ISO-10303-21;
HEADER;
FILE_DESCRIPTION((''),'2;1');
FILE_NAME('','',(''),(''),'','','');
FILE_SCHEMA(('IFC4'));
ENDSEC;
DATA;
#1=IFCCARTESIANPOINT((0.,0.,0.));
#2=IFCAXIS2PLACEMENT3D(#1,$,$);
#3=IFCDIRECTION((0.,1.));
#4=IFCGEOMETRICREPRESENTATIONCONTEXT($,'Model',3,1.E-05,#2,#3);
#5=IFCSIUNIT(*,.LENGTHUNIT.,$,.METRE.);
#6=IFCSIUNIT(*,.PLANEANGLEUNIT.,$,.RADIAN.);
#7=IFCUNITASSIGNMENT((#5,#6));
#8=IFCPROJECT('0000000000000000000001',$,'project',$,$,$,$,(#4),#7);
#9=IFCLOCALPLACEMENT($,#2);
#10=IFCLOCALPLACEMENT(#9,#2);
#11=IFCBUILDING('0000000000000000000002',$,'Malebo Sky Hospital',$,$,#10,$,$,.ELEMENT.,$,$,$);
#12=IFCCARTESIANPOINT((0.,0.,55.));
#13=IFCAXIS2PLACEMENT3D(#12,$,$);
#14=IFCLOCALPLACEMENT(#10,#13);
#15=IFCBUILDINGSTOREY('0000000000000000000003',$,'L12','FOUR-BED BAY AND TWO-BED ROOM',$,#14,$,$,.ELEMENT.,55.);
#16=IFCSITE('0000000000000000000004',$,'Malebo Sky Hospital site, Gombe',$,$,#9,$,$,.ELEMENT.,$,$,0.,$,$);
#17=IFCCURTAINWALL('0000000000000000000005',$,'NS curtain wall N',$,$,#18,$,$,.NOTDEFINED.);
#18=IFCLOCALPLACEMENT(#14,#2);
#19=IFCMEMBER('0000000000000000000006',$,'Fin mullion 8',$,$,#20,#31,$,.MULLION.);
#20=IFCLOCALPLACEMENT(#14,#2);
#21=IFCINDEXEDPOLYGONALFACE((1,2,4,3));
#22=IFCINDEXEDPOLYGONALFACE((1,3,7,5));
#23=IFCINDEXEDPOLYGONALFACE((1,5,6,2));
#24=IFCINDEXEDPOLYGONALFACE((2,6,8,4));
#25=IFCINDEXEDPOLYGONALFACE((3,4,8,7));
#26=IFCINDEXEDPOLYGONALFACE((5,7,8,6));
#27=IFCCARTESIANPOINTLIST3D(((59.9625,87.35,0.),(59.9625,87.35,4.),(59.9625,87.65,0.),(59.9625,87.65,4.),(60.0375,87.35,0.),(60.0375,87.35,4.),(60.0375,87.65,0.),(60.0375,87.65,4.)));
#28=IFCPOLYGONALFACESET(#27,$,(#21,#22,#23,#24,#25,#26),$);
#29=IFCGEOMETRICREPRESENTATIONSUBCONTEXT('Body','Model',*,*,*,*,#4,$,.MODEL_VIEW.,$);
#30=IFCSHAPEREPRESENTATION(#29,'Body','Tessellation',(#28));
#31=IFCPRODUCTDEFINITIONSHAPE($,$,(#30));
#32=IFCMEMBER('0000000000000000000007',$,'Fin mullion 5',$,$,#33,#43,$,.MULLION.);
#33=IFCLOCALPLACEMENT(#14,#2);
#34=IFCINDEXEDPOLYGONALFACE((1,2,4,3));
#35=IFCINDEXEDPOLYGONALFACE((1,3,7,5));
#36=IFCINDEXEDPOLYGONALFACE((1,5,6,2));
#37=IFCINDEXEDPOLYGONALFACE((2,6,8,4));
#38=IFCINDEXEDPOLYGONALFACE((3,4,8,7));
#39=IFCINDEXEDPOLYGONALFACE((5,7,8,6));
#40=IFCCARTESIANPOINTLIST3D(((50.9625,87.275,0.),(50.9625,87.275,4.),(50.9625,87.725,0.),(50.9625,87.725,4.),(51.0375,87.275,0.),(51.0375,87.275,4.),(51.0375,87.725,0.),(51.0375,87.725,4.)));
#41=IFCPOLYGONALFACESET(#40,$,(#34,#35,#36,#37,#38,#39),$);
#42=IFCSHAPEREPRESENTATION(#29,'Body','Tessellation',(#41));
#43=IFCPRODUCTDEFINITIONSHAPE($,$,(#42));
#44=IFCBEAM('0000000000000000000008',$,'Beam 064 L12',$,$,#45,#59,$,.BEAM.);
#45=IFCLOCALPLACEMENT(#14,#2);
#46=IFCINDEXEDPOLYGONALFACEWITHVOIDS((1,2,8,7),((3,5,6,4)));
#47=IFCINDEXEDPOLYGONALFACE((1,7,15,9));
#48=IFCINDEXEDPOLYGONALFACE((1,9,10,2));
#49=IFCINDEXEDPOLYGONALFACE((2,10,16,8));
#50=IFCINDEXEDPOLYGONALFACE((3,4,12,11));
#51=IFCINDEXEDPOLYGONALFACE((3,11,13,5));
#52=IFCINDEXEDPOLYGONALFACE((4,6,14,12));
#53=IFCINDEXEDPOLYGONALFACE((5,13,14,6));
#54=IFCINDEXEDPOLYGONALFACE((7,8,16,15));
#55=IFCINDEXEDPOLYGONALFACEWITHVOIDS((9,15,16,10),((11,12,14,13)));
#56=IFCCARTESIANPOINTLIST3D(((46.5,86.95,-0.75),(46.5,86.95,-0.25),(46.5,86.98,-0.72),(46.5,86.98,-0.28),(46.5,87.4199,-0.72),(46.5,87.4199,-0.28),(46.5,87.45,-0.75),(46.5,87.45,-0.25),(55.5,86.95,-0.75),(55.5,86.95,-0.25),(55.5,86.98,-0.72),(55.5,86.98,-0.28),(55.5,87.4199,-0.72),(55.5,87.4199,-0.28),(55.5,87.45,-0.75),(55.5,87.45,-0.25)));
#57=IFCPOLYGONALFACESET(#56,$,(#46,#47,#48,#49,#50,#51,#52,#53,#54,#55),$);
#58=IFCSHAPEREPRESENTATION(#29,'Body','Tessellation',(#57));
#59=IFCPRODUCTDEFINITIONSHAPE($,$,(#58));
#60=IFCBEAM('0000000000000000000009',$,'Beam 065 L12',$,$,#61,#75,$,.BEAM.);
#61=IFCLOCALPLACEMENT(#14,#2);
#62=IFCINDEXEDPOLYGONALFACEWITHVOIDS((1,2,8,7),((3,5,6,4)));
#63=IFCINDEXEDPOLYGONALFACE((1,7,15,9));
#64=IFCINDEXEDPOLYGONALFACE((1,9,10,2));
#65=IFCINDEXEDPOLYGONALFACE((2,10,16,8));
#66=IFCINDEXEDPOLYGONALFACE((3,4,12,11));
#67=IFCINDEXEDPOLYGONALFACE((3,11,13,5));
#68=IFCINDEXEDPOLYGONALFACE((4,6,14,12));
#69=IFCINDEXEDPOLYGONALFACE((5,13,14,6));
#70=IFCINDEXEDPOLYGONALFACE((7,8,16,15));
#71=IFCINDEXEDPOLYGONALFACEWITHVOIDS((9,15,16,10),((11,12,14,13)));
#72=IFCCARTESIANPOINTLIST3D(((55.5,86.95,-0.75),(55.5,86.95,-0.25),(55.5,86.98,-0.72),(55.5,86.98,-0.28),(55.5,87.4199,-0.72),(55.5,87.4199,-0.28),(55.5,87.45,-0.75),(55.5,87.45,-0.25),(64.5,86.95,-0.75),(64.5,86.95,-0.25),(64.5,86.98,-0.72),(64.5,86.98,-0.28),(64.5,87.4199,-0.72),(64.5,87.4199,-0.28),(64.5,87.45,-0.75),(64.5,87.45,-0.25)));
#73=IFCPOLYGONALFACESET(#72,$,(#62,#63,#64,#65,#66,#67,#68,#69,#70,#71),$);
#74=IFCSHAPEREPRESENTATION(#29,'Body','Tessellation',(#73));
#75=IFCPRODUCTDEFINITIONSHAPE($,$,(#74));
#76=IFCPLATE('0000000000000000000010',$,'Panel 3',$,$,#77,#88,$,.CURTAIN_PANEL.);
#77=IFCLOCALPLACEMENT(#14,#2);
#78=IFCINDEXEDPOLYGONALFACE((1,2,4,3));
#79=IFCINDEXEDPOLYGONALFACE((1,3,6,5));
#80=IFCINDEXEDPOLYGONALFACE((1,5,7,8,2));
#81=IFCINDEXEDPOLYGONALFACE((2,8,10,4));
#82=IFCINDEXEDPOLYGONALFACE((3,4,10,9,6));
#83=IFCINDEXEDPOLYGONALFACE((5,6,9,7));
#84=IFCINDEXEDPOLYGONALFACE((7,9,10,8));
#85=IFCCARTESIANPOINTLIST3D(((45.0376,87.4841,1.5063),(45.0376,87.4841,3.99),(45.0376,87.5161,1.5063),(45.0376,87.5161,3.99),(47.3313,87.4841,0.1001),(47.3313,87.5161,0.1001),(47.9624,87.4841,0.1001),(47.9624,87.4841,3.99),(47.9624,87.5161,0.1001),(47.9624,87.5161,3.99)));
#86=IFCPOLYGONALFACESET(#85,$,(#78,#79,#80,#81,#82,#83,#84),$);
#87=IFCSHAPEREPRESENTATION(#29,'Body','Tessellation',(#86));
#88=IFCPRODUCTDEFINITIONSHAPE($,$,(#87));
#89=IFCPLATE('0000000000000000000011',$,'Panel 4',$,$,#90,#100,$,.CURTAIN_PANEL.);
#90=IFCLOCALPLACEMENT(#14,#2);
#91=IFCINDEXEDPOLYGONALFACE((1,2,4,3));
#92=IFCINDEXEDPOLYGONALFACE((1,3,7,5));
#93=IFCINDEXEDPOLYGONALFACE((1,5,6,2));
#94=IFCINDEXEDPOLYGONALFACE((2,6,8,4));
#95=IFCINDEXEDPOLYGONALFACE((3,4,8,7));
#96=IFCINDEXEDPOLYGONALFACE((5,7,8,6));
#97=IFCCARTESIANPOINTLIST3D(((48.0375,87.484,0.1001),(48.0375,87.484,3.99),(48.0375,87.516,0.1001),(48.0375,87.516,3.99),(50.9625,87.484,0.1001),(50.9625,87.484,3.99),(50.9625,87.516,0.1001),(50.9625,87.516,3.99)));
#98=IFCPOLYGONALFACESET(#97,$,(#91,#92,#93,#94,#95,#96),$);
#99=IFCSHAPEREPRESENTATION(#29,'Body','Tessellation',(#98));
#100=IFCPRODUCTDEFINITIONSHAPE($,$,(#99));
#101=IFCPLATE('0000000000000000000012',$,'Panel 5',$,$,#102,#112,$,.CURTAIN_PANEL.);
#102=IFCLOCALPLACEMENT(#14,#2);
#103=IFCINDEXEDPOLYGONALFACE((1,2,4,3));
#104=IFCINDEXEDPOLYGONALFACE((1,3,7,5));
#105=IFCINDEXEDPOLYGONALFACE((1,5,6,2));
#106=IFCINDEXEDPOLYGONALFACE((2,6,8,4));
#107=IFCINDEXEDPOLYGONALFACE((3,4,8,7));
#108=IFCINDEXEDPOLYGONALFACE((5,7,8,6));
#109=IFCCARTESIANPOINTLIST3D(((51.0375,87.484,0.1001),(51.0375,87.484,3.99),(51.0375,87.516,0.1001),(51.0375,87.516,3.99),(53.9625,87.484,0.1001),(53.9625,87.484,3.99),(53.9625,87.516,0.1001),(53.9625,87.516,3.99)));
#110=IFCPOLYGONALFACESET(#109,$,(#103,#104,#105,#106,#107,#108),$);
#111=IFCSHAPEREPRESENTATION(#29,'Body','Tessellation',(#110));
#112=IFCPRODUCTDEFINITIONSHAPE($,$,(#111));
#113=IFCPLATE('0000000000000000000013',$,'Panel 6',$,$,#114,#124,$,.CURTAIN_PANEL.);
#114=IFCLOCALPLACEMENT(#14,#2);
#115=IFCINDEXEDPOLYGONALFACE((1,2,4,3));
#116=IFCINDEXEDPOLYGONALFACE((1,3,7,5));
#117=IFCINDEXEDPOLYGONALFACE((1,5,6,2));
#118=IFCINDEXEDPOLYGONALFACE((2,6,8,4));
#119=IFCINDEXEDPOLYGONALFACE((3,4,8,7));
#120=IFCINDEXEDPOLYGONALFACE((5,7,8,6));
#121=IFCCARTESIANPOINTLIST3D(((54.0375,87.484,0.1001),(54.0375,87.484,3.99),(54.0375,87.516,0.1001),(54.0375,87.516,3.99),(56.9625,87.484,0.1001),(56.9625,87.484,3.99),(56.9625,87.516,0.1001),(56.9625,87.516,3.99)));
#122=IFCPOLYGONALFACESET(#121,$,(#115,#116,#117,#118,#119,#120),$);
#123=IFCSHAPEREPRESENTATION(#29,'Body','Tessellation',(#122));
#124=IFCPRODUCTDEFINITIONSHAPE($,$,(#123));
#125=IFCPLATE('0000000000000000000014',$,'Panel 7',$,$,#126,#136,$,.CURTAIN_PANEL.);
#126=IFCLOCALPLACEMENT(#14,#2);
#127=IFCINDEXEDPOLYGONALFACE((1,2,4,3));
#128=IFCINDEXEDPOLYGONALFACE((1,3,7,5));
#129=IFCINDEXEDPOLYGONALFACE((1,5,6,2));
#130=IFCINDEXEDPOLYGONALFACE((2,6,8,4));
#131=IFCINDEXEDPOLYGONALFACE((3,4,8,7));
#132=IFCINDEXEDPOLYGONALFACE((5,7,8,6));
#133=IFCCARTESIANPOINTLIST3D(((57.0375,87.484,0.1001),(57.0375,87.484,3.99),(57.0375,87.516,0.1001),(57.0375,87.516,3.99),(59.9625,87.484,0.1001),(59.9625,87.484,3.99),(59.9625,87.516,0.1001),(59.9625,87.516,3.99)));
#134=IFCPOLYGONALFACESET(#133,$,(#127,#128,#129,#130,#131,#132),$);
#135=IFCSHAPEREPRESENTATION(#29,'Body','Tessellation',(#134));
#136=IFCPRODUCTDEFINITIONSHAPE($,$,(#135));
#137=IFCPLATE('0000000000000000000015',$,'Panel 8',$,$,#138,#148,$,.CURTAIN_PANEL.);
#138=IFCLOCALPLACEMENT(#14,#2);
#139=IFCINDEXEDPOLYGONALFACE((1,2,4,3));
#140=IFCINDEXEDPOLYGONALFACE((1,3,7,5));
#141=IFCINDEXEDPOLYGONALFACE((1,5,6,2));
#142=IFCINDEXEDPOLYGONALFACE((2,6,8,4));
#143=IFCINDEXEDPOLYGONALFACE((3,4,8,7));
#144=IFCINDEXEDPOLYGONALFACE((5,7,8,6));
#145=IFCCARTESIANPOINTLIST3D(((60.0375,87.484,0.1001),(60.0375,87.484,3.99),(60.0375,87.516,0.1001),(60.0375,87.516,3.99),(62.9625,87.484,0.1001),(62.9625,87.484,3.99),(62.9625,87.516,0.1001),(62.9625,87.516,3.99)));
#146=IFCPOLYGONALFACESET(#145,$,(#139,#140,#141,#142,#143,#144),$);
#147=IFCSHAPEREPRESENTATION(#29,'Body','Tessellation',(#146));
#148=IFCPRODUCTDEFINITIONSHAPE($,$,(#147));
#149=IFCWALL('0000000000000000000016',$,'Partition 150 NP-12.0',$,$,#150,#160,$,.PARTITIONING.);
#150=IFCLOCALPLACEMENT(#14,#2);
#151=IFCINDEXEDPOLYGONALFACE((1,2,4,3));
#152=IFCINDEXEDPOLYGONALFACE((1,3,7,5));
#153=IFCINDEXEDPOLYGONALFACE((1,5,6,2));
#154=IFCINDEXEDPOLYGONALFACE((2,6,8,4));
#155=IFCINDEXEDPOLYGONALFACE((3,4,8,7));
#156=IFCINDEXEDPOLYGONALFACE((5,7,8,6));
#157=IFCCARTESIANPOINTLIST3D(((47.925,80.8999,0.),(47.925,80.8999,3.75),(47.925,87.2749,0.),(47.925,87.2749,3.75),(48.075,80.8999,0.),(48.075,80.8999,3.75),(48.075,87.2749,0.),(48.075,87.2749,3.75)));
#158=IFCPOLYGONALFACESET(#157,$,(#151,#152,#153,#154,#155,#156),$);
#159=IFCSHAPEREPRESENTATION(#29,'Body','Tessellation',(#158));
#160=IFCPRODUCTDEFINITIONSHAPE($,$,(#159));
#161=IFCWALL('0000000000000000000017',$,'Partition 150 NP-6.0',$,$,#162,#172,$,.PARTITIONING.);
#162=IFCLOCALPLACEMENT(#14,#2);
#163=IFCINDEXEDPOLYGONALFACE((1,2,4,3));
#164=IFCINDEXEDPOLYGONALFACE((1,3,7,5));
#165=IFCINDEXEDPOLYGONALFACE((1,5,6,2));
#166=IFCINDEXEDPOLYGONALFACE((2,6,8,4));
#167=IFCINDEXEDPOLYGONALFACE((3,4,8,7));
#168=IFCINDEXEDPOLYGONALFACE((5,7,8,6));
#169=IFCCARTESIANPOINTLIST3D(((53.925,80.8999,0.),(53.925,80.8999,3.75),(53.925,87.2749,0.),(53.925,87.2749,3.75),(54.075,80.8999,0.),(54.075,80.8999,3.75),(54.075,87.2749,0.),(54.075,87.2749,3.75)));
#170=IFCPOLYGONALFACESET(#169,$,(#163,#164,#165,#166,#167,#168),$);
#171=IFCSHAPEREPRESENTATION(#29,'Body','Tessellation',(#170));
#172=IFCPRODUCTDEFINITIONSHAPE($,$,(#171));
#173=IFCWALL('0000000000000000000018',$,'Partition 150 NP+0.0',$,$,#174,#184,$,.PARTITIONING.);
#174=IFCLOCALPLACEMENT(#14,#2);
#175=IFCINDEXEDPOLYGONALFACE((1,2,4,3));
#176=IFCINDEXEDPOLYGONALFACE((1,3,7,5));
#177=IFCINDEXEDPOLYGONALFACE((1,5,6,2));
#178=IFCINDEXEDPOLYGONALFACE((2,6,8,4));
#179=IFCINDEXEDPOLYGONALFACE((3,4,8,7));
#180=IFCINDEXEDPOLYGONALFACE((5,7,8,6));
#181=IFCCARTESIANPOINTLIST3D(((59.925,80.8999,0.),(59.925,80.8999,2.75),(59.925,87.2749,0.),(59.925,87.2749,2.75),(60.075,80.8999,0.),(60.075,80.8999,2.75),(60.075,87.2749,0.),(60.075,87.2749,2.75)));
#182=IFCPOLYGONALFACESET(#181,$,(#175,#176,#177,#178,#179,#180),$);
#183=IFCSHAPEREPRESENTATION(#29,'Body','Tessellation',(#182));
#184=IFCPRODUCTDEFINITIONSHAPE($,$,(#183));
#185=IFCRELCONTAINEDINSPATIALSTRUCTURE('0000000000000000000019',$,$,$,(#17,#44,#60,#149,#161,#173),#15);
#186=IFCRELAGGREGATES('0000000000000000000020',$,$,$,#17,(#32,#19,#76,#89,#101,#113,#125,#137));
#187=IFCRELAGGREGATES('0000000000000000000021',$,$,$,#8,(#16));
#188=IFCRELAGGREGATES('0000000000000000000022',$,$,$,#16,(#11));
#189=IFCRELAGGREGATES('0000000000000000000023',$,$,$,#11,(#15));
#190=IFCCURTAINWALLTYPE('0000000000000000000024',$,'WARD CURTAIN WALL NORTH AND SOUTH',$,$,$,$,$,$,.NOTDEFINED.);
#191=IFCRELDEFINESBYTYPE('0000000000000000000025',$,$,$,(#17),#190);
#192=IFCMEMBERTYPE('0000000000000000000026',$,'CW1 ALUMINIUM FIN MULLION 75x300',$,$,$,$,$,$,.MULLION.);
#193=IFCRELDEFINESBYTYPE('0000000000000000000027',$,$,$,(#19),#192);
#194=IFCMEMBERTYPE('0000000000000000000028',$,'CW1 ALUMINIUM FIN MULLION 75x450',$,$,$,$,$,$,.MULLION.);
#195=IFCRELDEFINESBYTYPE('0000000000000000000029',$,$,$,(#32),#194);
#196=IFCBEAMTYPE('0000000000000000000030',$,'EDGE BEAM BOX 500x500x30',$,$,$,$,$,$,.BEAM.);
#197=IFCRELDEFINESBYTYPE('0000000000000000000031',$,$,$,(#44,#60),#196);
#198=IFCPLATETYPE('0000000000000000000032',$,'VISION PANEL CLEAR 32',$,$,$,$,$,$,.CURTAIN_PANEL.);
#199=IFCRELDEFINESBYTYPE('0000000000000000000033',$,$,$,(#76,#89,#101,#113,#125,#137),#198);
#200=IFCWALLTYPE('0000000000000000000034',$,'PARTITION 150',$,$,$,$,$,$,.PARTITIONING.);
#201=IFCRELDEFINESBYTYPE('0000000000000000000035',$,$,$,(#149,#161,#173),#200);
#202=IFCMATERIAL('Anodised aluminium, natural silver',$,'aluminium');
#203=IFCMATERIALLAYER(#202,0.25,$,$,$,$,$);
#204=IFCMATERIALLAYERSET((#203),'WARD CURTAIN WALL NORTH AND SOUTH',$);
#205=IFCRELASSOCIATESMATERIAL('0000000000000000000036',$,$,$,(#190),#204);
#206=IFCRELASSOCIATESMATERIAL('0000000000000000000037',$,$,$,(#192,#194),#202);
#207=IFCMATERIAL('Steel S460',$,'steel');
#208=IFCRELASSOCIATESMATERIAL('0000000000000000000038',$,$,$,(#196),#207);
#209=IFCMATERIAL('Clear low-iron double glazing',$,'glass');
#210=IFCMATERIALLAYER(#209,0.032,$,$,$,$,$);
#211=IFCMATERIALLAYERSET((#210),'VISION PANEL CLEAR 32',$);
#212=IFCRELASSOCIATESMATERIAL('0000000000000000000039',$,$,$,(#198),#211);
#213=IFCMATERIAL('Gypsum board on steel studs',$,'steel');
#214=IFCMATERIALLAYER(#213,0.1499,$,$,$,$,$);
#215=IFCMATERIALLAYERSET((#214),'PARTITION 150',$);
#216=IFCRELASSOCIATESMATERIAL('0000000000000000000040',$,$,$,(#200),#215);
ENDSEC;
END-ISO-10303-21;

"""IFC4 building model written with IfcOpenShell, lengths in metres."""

from ifc_helpers import new_model, si_unit, direction, frame, frame_2d, origin, origin_2d, place, context, subcontext, project, spatial, polyline, rectangle, hollow_rectangle, outline, extrude, material, layer, layer_set, material_profile, profile_set, type_object, element, aggregate, save


model = new_model("IFC4")

# Units and contexts
model_context = context("Model", 3, precision=1e-05, world=origin(), true_north=direction((0.0, 1.0)))
body_context = subcontext(model_context, "Body", "Model", "MODEL_VIEW")
ifc_project = project(units=[si_unit("LENGTHUNIT", "METRE"), si_unit("PLANEANGLEUNIT", "RADIAN")], contexts=[model_context])

# Site, building, storey
site_placement = place(None, origin())
site = spatial("IfcSite", under=ifc_project, at=site_placement, Name="Malebo Sky Hospital site, Gombe", CompositionType="ELEMENT", RefElevation=0.0)
building_placement = place(site_placement, origin())
building = spatial("IfcBuilding", under=site, at=building_placement, Name="Malebo Sky Hospital", CompositionType="ELEMENT")
storey_placement = place(building_placement, frame((0.0, 0.0, 55.0)))
storey = spatial("IfcBuildingStorey", under=building, at=storey_placement, Name="L12", Description="FOUR-BED BAY AND TWO-BED ROOM", CompositionType="ELEMENT", Elevation=55.0)

# Shared definitions
ifc_material_1 = material(Name="Steel S460", Category="steel")

# Curtain wall
ifc_material_2 = material(Name="Anodised aluminium, natural silver", Category="aluminium")
ifc_layer_1 = layer(ifc_material_2, 0.25)
ifc_layer_set_1 = layer_set([ifc_layer_1], Name="WARD CURTAIN WALL NORTH AND SOUTH")
curtain_wall_type = type_object("IfcCurtainWallType", Name="WARD CURTAIN WALL NORTH AND SOUTH", PredefinedType="NOTDEFINED", material=ifc_layer_set_1)
curtain_wall_placement = place(storey_placement, origin())
curtain_wall = element("IfcCurtainWall", 1, at=curtain_wall_placement, inside=storey, type_object=curtain_wall_type, Name="NS curtain wall N", PredefinedType="NOTDEFINED")

# Members
ifc_material_profile_1 = material_profile(ifc_material_2, rectangle(XDim=0.075, YDim=0.3, at=origin_2d()), Name="CW1 ALUMINIUM FIN MULLION 75x300")
ifc_profile_set_1 = profile_set([ifc_material_profile_1], Name="Anodised aluminium, natural silver")
member_type_1 = type_object("IfcMemberType", Name="CW1 ALUMINIUM FIN MULLION 75x300", PredefinedType="MULLION", material=ifc_profile_set_1)
member_1_placement = place(storey_placement, frame((60.0, 87.5, 0.0), z_axis=(0.0, 0.0, 1.0), x_axis=(1.0, 0.0, 0.0)))
member_1 = element("IfcMember", 2, at=member_1_placement, type_object=member_type_1, Name="Fin mullion 8", PredefinedType="MULLION", context=body_context, shape_type="SweptSolid", body=[
    extrude(rectangle(XDim=0.075, YDim=0.3, at=origin_2d()), origin(), (0.0, 0.0, 1.0), 4.0),
])
ifc_material_profile_2 = material_profile(ifc_material_2, rectangle(XDim=0.075, YDim=0.45, at=origin_2d()), Name="CW1 ALUMINIUM FIN MULLION 75x450")
ifc_profile_set_2 = profile_set([ifc_material_profile_2], Name="Anodised aluminium, natural silver")
member_type_2 = type_object("IfcMemberType", Name="CW1 ALUMINIUM FIN MULLION 75x450", PredefinedType="MULLION", material=ifc_profile_set_2)
member_2_placement = place(storey_placement, frame((51.0, 87.5, 0.0), z_axis=(0.0, 0.0, 1.0), x_axis=(1.0, 0.0, 0.0)))
member_2 = element("IfcMember", 3, at=member_2_placement, type_object=member_type_2, Name="Fin mullion 5", PredefinedType="MULLION", context=body_context, shape_type="SweptSolid", body=[
    extrude(rectangle(XDim=0.075, YDim=0.45, at=origin_2d()), origin(), (0.0, 0.0, 1.0), 4.0),
])

# Beams
ifc_material_profile_3 = material_profile(ifc_material_1, hollow_rectangle(XDim=0.5, YDim=0.5, WallThickness=0.03, at=origin_2d()), Name="BOX 500x500x30")
ifc_profile_set_3 = profile_set([ifc_material_profile_3], Name="Steel S460")
beam_type = type_object("IfcBeamType", Name="EDGE BEAM BOX 500x500x30", PredefinedType="BEAM", material=ifc_profile_set_3)
for number, where, z_axis, x_axis, name in (
    (4, (46.5, 87.2, -0.5), (1.0, 0.0, 0.0), (0.0, 1.0, 0.0), "Beam 064 L12"),
    (5, (55.5, 87.2, -0.5), (1.0, 0.0, 0.0), (0.0, 1.0, 0.0), "Beam 065 L12"),
):
    element("IfcBeam", number, at=place(storey_placement, frame(where, z_axis=z_axis, x_axis=x_axis)), inside=storey, type_object=beam_type, Name=name, PredefinedType="BEAM", context=body_context, shape_type="SweptSolid", body=[
        extrude(hollow_rectangle(XDim=0.5, YDim=0.5, WallThickness=0.03, at=origin_2d()), origin(), (0.0, 0.0, 1.0), 9.0),
    ])

# Plates
ifc_material_3 = material(Name="Clear low-iron double glazing", Category="glass")
ifc_layer_2 = layer(ifc_material_3, 0.032)
ifc_layer_set_2 = layer_set([ifc_layer_2], Name="VISION PANEL CLEAR 32")
plate_type = type_object("IfcPlateType", Name="VISION PANEL CLEAR 32", PredefinedType="CURTAIN_PANEL", material=ifc_layer_set_2)
plate_1_placement = place(storey_placement, frame((46.5, 87.5, 0.1001), z_axis=(0.0, 0.0, 1.0), x_axis=(1.0, 0.0, 0.0)))
plate_1 = element("IfcPlate", 6, at=plate_1_placement, type_object=plate_type, Name="Panel 3", PredefinedType="CURTAIN_PANEL", context=body_context, shape_type="SweptSolid", body=[
    extrude(outline(polyline([(0.8313, 0.0), (1.4624, 0.0), (1.4624, 3.8899), (-1.4624, 3.8899), (-1.4624, 1.4062), (0.8313, 0.0)])), frame((0.0, 0.0161, 0.0), z_axis=(0.0, -1.0, 0.0), x_axis=(1.0, 0.0, 0.0)), (0.0, 0.0, 1.0), 0.032),
])
plate_2_placement = place(storey_placement, frame((49.5, 87.5, 0.1001), z_axis=(0.0, 0.0, 1.0), x_axis=(1.0, 0.0, 0.0)))
plate_2 = element("IfcPlate", 7, at=plate_2_placement, type_object=plate_type, Name="Panel 4", PredefinedType="CURTAIN_PANEL", context=body_context, shape_type="SweptSolid", body=[
    extrude(rectangle(XDim=2.925, YDim=0.032, at=origin_2d()), origin(), (0.0, 0.0, 1.0), 3.8899),
])
plate_3_placement = place(storey_placement, frame((52.5, 87.5, 0.1001), z_axis=(0.0, 0.0, 1.0), x_axis=(1.0, 0.0, 0.0)))
plate_3 = element("IfcPlate", 8, at=plate_3_placement, type_object=plate_type, Name="Panel 5", PredefinedType="CURTAIN_PANEL", context=body_context, shape_type="SweptSolid", body=[
    extrude(rectangle(XDim=2.925, YDim=0.032, at=origin_2d()), origin(), (0.0, 0.0, 1.0), 3.8899),
])
plate_4_placement = place(storey_placement, frame((55.5, 87.5, 0.1001), z_axis=(0.0, 0.0, 1.0), x_axis=(1.0, 0.0, 0.0)))
plate_4 = element("IfcPlate", 9, at=plate_4_placement, type_object=plate_type, Name="Panel 6", PredefinedType="CURTAIN_PANEL", context=body_context, shape_type="SweptSolid", body=[
    extrude(rectangle(XDim=2.925, YDim=0.032, at=origin_2d()), origin(), (0.0, 0.0, 1.0), 3.8899),
])
plate_5_placement = place(storey_placement, frame((58.5, 87.5, 0.1001), z_axis=(0.0, 0.0, 1.0), x_axis=(1.0, 0.0, 0.0)))
plate_5 = element("IfcPlate", 10, at=plate_5_placement, type_object=plate_type, Name="Panel 7", PredefinedType="CURTAIN_PANEL", context=body_context, shape_type="SweptSolid", body=[
    extrude(rectangle(XDim=2.925, YDim=0.032, at=origin_2d()), origin(), (0.0, 0.0, 1.0), 3.8899),
])
plate_6_placement = place(storey_placement, frame((61.5, 87.5, 0.1001), z_axis=(0.0, 0.0, 1.0), x_axis=(1.0, 0.0, 0.0)))
plate_6 = element("IfcPlate", 11, at=plate_6_placement, type_object=plate_type, Name="Panel 8", PredefinedType="CURTAIN_PANEL", context=body_context, shape_type="SweptSolid", body=[
    extrude(rectangle(XDim=2.925, YDim=0.032, at=origin_2d()), origin(), (0.0, 0.0, 1.0), 3.8899),
])
aggregate(curtain_wall, [member_2, member_1, plate_1, plate_2, plate_3, plate_4, plate_5, plate_6])

# Walls
ifc_material_4 = material(Name="Gypsum board on steel studs", Category="steel")
ifc_layer_3 = layer(ifc_material_4, 0.1499)
ifc_layer_set_3 = layer_set([ifc_layer_3], Name="PARTITION 150")
wall_type = type_object("IfcWallType", Name="PARTITION 150", PredefinedType="PARTITIONING", material=ifc_layer_set_3)
for number, where, z_axis, x_axis, name in (
    (12, (48.0, 80.8999, 0.0), (0.0, 0.0, 1.0), (0.0, 1.0, 0.0), "Partition 150 NP-12.0"),
    (13, (54.0, 80.8999, 0.0), (0.0, 0.0, 1.0), (0.0, 1.0, 0.0), "Partition 150 NP-6.0"),
):
    element("IfcWall", number, at=place(storey_placement, frame(where, z_axis=z_axis, x_axis=x_axis)), inside=storey, type_object=wall_type, Name=name, PredefinedType="PARTITIONING", context=body_context, shape_type="SweptSolid", body=[
        extrude(rectangle(XDim=6.375, YDim=0.1499, at=frame_2d((3.1875, 0.0))), origin(), (0.0, 0.0, 1.0), 3.75),
    ])
wall_1_placement = place(storey_placement, frame((60.0, 80.8999, 0.0), z_axis=(0.0, 0.0, 1.0), x_axis=(0.0, 1.0, 0.0)))
element("IfcWall", 14, at=wall_1_placement, inside=storey, type_object=wall_type, Name="Partition 150 NP+0.0", PredefinedType="PARTITIONING", context=body_context, shape_type="SweptSolid", body=[
    extrude(rectangle(XDim=6.375, YDim=0.1499, at=frame_2d((3.1875, 0.0))), origin(), (0.0, 0.0, 1.0), 2.75),
])

save(model, "model.ifc")
